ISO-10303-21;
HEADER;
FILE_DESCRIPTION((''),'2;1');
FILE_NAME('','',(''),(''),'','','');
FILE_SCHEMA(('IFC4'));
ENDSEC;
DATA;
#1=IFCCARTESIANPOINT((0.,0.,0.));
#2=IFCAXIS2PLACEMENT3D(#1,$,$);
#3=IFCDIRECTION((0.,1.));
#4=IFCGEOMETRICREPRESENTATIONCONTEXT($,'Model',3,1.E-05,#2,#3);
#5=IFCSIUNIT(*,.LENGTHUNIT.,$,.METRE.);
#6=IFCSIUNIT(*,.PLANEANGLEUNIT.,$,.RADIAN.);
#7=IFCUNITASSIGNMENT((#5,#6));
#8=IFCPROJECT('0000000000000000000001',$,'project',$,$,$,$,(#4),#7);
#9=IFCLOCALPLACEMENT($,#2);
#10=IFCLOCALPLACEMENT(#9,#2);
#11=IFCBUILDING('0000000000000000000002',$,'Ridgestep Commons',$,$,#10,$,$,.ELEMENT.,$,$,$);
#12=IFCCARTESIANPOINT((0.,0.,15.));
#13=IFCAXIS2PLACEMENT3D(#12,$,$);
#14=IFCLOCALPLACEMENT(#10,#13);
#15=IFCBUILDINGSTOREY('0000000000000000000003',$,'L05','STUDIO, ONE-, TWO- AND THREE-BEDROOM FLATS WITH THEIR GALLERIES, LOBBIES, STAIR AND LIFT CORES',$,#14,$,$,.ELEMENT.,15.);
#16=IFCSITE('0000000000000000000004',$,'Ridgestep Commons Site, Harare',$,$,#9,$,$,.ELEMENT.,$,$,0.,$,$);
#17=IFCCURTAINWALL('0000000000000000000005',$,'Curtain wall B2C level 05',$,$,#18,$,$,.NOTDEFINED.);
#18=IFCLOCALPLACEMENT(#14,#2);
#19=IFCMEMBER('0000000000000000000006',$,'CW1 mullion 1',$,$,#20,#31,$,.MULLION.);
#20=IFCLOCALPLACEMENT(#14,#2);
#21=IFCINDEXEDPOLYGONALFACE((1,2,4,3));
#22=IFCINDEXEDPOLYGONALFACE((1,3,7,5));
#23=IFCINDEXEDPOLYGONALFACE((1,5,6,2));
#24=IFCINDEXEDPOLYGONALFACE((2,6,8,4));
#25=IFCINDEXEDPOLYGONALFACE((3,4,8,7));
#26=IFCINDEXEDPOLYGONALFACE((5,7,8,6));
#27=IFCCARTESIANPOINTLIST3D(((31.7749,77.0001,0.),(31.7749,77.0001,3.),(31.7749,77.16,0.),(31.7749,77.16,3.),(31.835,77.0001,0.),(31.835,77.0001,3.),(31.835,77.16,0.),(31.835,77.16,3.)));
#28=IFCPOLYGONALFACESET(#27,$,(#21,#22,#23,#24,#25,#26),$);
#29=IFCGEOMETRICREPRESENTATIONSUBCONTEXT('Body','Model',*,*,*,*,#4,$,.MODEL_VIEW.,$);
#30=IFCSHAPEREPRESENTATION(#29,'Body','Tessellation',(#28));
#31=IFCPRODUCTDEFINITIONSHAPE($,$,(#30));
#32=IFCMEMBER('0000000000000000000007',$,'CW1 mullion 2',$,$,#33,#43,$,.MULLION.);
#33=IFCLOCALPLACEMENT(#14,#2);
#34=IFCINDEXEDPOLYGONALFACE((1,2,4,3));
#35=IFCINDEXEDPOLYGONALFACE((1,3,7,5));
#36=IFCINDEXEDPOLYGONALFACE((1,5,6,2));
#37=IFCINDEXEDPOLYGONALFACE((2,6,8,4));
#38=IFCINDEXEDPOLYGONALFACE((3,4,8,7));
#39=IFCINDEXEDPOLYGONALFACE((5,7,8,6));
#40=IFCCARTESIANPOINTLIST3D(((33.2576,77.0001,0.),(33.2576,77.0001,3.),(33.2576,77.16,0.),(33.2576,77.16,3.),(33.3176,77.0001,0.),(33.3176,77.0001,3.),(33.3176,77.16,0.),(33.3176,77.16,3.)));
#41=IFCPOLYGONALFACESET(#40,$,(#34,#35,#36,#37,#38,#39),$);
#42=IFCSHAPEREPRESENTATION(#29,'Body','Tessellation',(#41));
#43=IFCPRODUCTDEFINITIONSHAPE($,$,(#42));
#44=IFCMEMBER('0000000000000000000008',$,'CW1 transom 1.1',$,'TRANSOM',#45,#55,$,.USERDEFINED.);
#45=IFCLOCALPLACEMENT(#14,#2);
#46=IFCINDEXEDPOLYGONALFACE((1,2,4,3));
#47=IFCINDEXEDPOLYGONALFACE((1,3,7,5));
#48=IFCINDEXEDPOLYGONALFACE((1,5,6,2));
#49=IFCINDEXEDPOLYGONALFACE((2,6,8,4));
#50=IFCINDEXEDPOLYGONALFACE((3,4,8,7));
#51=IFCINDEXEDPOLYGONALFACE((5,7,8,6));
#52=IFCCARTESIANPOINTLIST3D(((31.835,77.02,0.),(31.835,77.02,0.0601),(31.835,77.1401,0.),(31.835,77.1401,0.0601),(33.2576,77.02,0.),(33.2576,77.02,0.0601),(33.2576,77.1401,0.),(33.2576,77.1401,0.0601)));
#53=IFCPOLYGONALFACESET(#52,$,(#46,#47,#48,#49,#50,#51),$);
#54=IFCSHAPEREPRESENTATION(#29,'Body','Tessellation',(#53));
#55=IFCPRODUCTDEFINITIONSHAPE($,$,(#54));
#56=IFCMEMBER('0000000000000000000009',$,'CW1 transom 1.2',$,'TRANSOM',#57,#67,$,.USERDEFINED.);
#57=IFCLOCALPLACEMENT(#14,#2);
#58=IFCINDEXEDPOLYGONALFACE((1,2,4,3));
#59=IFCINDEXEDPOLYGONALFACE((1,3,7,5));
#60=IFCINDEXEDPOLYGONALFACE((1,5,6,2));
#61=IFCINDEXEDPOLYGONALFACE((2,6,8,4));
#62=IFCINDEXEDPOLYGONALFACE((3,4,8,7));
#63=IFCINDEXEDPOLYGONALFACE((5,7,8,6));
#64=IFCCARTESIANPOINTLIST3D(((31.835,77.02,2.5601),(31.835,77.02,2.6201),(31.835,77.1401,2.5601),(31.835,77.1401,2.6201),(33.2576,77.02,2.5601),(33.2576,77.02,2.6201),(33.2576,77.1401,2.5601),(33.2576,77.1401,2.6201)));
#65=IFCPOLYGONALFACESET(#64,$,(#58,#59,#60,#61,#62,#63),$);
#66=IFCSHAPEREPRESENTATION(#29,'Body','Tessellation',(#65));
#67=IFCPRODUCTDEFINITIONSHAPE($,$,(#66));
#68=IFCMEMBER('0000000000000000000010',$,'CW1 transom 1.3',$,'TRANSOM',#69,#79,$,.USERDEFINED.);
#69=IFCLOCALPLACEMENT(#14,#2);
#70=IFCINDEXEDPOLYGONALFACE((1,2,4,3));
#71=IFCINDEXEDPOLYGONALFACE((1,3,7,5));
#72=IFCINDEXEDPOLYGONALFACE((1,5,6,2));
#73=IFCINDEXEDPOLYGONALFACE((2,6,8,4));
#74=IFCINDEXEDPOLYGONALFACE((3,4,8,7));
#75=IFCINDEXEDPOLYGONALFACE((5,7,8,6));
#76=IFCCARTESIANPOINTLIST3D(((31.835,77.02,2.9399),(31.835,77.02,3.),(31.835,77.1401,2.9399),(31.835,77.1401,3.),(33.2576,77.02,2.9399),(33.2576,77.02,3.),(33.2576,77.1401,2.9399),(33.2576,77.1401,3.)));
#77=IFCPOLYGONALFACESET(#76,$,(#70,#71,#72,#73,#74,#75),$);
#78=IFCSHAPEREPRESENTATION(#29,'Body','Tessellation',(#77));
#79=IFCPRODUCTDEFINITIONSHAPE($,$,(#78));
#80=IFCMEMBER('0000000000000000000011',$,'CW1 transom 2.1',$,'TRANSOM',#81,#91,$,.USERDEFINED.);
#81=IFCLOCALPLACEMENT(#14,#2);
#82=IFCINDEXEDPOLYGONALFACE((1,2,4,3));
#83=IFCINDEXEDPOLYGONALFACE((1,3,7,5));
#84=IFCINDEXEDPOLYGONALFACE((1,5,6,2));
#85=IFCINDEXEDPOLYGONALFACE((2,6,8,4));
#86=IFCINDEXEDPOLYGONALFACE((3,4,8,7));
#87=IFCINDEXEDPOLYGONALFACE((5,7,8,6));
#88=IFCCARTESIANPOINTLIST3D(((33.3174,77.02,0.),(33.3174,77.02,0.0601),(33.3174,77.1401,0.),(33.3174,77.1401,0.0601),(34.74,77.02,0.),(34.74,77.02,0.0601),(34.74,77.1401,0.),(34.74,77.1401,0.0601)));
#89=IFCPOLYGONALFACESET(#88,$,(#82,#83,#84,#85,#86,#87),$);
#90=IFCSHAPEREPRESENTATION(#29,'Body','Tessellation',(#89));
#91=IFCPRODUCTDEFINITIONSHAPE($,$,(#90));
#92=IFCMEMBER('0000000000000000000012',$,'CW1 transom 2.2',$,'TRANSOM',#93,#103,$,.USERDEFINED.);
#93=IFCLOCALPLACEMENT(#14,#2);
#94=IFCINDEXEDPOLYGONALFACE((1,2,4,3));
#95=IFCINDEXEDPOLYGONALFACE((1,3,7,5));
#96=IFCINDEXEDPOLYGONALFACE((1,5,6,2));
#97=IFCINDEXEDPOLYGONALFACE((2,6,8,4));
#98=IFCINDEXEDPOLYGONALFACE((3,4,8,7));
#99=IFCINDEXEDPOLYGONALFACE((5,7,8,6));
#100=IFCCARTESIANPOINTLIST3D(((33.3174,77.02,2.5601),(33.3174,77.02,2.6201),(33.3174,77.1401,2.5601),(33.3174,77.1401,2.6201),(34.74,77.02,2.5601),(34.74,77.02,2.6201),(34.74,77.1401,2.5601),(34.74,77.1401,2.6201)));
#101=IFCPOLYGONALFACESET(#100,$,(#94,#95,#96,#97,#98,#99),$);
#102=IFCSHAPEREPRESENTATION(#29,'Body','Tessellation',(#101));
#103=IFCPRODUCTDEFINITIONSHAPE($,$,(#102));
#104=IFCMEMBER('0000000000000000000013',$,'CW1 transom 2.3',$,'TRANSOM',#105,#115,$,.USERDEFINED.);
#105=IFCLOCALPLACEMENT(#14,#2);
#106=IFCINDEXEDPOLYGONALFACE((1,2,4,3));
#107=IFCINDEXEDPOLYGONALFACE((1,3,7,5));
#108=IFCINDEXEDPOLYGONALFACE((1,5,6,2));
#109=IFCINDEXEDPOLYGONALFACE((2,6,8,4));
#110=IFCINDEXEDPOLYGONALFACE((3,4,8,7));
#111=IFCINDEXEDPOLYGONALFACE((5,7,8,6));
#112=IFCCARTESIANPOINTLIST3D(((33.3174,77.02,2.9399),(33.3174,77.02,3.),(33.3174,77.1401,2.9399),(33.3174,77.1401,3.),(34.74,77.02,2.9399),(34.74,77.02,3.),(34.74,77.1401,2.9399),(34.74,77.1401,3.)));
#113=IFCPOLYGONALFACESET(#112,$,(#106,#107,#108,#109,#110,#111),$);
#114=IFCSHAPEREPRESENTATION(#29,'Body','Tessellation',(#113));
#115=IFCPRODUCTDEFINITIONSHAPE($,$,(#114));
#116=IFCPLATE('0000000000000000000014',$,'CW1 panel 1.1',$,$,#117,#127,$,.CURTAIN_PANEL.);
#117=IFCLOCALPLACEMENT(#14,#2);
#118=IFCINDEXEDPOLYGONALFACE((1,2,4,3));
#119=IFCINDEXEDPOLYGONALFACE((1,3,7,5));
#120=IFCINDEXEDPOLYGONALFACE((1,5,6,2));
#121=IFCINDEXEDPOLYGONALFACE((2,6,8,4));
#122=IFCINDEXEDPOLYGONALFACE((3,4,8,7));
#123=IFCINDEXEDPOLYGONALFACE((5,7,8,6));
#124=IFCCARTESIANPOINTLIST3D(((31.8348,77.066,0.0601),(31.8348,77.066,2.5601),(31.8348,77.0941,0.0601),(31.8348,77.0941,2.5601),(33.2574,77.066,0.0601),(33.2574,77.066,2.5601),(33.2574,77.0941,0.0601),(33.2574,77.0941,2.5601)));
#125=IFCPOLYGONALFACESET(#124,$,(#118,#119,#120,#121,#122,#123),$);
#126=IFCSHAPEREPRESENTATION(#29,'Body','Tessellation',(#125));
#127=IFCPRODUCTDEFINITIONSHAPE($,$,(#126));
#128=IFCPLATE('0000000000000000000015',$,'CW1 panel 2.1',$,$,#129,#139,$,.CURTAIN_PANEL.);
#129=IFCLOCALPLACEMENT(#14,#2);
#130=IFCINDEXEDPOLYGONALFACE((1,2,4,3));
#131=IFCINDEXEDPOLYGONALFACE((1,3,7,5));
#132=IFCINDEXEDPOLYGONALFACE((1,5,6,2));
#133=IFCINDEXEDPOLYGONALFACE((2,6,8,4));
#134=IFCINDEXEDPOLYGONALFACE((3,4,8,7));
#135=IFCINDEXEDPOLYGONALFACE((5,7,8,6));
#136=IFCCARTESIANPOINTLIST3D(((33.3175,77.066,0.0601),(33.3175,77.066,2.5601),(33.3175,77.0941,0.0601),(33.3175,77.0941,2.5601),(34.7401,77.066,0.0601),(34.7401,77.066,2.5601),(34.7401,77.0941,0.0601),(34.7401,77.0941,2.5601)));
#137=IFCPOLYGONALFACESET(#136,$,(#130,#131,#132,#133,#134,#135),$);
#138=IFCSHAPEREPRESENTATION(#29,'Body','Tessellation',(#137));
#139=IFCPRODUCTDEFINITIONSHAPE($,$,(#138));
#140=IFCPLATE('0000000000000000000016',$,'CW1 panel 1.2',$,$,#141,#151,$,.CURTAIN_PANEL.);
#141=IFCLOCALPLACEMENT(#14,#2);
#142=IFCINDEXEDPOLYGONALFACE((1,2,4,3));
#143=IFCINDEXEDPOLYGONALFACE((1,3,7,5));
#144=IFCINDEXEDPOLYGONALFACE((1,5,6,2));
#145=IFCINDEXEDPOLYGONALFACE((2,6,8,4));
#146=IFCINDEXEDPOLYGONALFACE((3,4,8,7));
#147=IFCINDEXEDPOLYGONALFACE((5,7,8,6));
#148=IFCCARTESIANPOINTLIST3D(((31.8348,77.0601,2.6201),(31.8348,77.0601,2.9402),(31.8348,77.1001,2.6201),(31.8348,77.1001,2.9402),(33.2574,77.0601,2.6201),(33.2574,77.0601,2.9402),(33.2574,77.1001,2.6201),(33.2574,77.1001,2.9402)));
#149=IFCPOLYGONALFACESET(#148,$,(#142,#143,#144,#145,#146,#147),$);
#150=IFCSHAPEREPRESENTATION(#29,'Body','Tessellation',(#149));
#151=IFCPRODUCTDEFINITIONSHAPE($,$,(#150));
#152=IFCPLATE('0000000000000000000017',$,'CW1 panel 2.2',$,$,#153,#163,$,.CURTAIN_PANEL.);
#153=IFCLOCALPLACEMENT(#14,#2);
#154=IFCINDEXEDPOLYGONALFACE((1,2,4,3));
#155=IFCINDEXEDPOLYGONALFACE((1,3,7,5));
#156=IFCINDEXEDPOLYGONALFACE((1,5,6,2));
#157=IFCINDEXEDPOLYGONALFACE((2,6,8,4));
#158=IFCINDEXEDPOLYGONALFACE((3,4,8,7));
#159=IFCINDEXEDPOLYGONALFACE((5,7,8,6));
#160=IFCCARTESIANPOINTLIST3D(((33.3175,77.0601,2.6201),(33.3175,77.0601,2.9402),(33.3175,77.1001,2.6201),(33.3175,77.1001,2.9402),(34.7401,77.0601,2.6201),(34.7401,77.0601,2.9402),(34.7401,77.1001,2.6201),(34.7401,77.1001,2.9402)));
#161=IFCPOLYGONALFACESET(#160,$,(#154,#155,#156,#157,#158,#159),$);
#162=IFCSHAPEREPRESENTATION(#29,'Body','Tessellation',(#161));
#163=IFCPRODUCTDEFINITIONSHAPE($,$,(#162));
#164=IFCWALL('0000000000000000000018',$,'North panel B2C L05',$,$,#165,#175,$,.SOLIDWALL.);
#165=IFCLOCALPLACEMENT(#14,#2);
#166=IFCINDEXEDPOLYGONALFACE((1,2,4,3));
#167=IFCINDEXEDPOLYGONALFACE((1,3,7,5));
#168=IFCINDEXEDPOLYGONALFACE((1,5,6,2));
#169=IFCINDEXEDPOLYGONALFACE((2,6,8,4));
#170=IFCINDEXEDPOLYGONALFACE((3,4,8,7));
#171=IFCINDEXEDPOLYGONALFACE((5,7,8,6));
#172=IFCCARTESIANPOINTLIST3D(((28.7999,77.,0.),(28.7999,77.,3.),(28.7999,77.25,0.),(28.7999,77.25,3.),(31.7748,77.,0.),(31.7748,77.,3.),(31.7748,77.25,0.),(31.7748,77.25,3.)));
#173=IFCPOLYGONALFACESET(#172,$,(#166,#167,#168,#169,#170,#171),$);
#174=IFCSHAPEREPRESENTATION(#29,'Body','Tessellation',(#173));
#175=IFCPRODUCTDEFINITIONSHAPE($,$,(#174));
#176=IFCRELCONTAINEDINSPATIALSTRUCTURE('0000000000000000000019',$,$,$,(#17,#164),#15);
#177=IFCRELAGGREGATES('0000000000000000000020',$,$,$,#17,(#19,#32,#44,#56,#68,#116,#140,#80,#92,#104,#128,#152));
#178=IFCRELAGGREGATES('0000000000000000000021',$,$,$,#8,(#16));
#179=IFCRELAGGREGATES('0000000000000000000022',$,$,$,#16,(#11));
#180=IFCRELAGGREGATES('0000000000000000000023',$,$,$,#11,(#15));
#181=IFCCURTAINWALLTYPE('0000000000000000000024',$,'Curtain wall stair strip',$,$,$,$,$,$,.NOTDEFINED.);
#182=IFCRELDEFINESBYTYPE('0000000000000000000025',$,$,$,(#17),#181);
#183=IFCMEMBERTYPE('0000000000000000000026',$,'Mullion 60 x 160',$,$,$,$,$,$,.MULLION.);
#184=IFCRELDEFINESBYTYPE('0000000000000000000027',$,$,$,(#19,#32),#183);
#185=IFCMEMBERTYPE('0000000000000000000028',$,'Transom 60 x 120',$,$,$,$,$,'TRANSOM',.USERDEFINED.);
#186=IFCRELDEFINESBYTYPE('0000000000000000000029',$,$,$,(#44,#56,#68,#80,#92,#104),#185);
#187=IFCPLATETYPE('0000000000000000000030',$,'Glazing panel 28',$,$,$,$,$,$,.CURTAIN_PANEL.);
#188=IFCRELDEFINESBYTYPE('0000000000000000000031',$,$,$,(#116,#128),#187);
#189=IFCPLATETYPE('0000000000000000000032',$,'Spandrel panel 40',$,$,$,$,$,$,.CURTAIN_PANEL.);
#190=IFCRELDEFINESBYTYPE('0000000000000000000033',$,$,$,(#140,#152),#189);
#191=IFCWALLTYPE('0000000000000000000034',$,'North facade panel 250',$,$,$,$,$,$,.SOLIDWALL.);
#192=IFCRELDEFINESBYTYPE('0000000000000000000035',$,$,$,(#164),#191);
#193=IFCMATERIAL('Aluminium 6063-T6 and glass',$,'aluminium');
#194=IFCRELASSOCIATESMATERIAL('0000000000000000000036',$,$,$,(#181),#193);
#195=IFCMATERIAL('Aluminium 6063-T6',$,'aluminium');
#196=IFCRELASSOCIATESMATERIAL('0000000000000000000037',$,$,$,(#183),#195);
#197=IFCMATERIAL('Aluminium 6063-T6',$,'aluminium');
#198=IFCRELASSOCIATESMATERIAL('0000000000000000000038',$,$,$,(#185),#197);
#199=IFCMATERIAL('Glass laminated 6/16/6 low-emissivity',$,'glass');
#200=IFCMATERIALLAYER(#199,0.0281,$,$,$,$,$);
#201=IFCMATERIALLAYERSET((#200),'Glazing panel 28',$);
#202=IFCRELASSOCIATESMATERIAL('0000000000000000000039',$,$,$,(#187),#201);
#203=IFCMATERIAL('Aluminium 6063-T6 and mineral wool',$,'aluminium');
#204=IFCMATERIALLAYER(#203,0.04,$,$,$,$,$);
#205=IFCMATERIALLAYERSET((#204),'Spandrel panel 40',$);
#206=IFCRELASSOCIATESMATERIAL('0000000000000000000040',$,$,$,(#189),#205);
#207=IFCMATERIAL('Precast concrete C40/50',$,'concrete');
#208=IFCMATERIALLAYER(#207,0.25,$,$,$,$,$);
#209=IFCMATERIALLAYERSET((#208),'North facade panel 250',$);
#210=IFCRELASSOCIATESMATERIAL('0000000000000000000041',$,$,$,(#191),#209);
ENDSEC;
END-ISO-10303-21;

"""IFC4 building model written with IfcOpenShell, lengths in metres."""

from ifc_helpers import new_model, si_unit, direction, frame, frame_2d, origin, origin_2d, place, context, subcontext, project, spatial, rectangle, extrude, material, layer, layer_set, material_profile, profile_set, type_object, element, aggregate, save


model = new_model("IFC4")

# Units and contexts
model_context = context("Model", 3, precision=1e-05, world=origin(), true_north=direction((0.0, 1.0)))
body_context = subcontext(model_context, "Body", "Model", "MODEL_VIEW")
ifc_project = project(units=[si_unit("LENGTHUNIT", "METRE"), si_unit("PLANEANGLEUNIT", "RADIAN")], contexts=[model_context])

# Site, building, storey
site_placement = place(None, origin())
site = spatial("IfcSite", under=ifc_project, at=site_placement, Name="Ridgestep Commons Site, Harare", CompositionType="ELEMENT", RefElevation=0.0)
building_placement = place(site_placement, origin())
building = spatial("IfcBuilding", under=site, at=building_placement, Name="Ridgestep Commons", CompositionType="ELEMENT")
storey_placement = place(building_placement, frame((0.0, 0.0, 15.0)))
storey = spatial("IfcBuildingStorey", under=building, at=storey_placement, Name="L05", Description="STUDIO, ONE-, TWO- AND THREE-BEDROOM FLATS WITH THEIR GALLERIES, LOBBIES, STAIR AND LIFT CORES", CompositionType="ELEMENT", Elevation=15.0)

# Curtain wall, members, plates
ifc_material_1 = material(Name="Aluminium 6063-T6 and glass", Category="aluminium")
curtain_wall_type = type_object("IfcCurtainWallType", Name="Curtain wall stair strip", PredefinedType="NOTDEFINED", material=ifc_material_1)
curtain_wall_placement = place(storey_placement, origin())
curtain_wall = element("IfcCurtainWall", 1, at=curtain_wall_placement, inside=storey, type_object=curtain_wall_type, Name="Curtain wall B2C level 05", PredefinedType="NOTDEFINED")
ifc_material_2 = material(Name="Aluminium 6063-T6", Category="aluminium")
ifc_material_profile_1 = material_profile(ifc_material_2, rectangle(XDim=0.1599, YDim=0.0601, at=origin_2d()), Name="Mullion 60 x 160")
ifc_profile_set_1 = profile_set([ifc_material_profile_1], Name="Aluminium 6063-T6")
member_type_1 = type_object("IfcMemberType", Name="Mullion 60 x 160", PredefinedType="MULLION", material=ifc_profile_set_1)
member_1_placement = place(storey_placement, frame((31.8049, 77.0801, 0.0), z_axis=(0.0, 0.0, 1.0), x_axis=(0.0, 1.0, 0.0)))
member_1 = element("IfcMember", 2, at=member_1_placement, type_object=member_type_1, Name="CW1 mullion 1", PredefinedType="MULLION", context=body_context, shape_type="SweptSolid", body=[
    extrude(rectangle(XDim=0.1599, YDim=0.0601, at=origin_2d()), origin(), (0.0, 0.0, 1.0), 3.0),
])
member_2_placement = place(storey_placement, frame((33.2876, 77.0801, 0.0), z_axis=(0.0, 0.0, 1.0), x_axis=(0.0, 1.0, 0.0)))
member_2 = element("IfcMember", 3, at=member_2_placement, type_object=member_type_1, Name="CW1 mullion 2", PredefinedType="MULLION", context=body_context, shape_type="SweptSolid", body=[
    extrude(rectangle(XDim=0.1599, YDim=0.0601, at=origin_2d()), origin(), (0.0, 0.0, 1.0), 3.0),
])
ifc_material_3 = material(Name="Aluminium 6063-T6", Category="aluminium")
ifc_material_profile_2 = material_profile(ifc_material_3, rectangle(XDim=0.1201, YDim=0.0601, at=origin_2d()), Name="Transom 60 x 120")
ifc_profile_set_2 = profile_set([ifc_material_profile_2], Name="Aluminium 6063-T6")
member_type_2 = type_object("IfcMemberType", Name="Transom 60 x 120", ElementType="TRANSOM", PredefinedType="USERDEFINED", material=ifc_profile_set_2)
member_3_placement = place(storey_placement, frame((31.835, 77.0801, 0.03), z_axis=(1.0, 0.0, 0.0), x_axis=(0.0, 1.0, 0.0)))
member_3 = element("IfcMember", 4, at=member_3_placement, type_object=member_type_2, Name="CW1 transom 1.1", ObjectType="TRANSOM", PredefinedType="USERDEFINED", context=body_context, shape_type="SweptSolid", body=[
    extrude(rectangle(XDim=0.1201, YDim=0.0601, at=origin_2d()), origin(), (0.0, 0.0, 1.0), 1.4226),
])
member_4_placement = place(storey_placement, frame((31.835, 77.0801, 2.5901), z_axis=(1.0, 0.0, 0.0), x_axis=(0.0, 1.0, 0.0)))
member_4 = element("IfcMember", 5, at=member_4_placement, type_object=member_type_2, Name="CW1 transom 1.2", ObjectType="TRANSOM", PredefinedType="USERDEFINED", context=body_context, shape_type="SweptSolid", body=[
    extrude(rectangle(XDim=0.1201, YDim=0.0601, at=origin_2d()), origin(), (0.0, 0.0, 1.0), 1.4226),
])
member_5_placement = place(storey_placement, frame((31.835, 77.0801, 2.97), z_axis=(1.0, 0.0, 0.0), x_axis=(0.0, 1.0, 0.0)))
member_5 = element("IfcMember", 6, at=member_5_placement, type_object=member_type_2, Name="CW1 transom 1.3", ObjectType="TRANSOM", PredefinedType="USERDEFINED", context=body_context, shape_type="SweptSolid", body=[
    extrude(rectangle(XDim=0.1201, YDim=0.0601, at=origin_2d()), origin(), (0.0, 0.0, 1.0), 1.4226),
])
member_6_placement = place(storey_placement, frame((33.3174, 77.0801, 0.03), z_axis=(1.0, 0.0, 0.0), x_axis=(0.0, 1.0, 0.0)))
member_6 = element("IfcMember", 7, at=member_6_placement, type_object=member_type_2, Name="CW1 transom 2.1", ObjectType="TRANSOM", PredefinedType="USERDEFINED", context=body_context, shape_type="SweptSolid", body=[
    extrude(rectangle(XDim=0.1201, YDim=0.0601, at=origin_2d()), origin(), (0.0, 0.0, 1.0), 1.4226),
])
member_7_placement = place(storey_placement, frame((33.3174, 77.0801, 2.5901), z_axis=(1.0, 0.0, 0.0), x_axis=(0.0, 1.0, 0.0)))
member_7 = element("IfcMember", 8, at=member_7_placement, type_object=member_type_2, Name="CW1 transom 2.2", ObjectType="TRANSOM", PredefinedType="USERDEFINED", context=body_context, shape_type="SweptSolid", body=[
    extrude(rectangle(XDim=0.1201, YDim=0.0601, at=origin_2d()), origin(), (0.0, 0.0, 1.0), 1.4226),
])
member_8_placement = place(storey_placement, frame((33.3174, 77.0801, 2.97), z_axis=(1.0, 0.0, 0.0), x_axis=(0.0, 1.0, 0.0)))
member_8 = element("IfcMember", 9, at=member_8_placement, type_object=member_type_2, Name="CW1 transom 2.3", ObjectType="TRANSOM", PredefinedType="USERDEFINED", context=body_context, shape_type="SweptSolid", body=[
    extrude(rectangle(XDim=0.1201, YDim=0.0601, at=origin_2d()), origin(), (0.0, 0.0, 1.0), 1.4226),
])
ifc_material_4 = material(Name="Glass laminated 6/16/6 low-emissivity", Category="glass")
ifc_layer_1 = layer(ifc_material_4, 0.0281)
ifc_layer_set_1 = layer_set([ifc_layer_1], Name="Glazing panel 28")
plate_type_1 = type_object("IfcPlateType", Name="Glazing panel 28", PredefinedType="CURTAIN_PANEL", material=ifc_layer_set_1)
plate_1_placement = place(storey_placement, frame((32.5461, 77.0801, 0.0601), z_axis=(0.0, 0.0, 1.0), x_axis=(1.0, 0.0, 0.0)))
plate_1 = element("IfcPlate", 10, at=plate_1_placement, type_object=plate_type_1, Name="CW1 panel 1.1", PredefinedType="CURTAIN_PANEL", context=body_context, shape_type="SweptSolid", body=[
    extrude(rectangle(XDim=1.4226, YDim=0.0281, at=origin_2d()), origin(), (0.0, 0.0, 1.0), 2.5),
])
plate_2_placement = place(storey_placement, frame((34.0288, 77.0801, 0.0601), z_axis=(0.0, 0.0, 1.0), x_axis=(1.0, 0.0, 0.0)))
plate_2 = element("IfcPlate", 11, at=plate_2_placement, type_object=plate_type_1, Name="CW1 panel 2.1", PredefinedType="CURTAIN_PANEL", context=body_context, shape_type="SweptSolid", body=[
    extrude(rectangle(XDim=1.4226, YDim=0.0281, at=origin_2d()), origin(), (0.0, 0.0, 1.0), 2.5),
])
ifc_material_5 = material(Name="Aluminium 6063-T6 and mineral wool", Category="aluminium")
ifc_layer_2 = layer(ifc_material_5, 0.04)
ifc_layer_set_2 = layer_set([ifc_layer_2], Name="Spandrel panel 40")
plate_type_2 = type_object("IfcPlateType", Name="Spandrel panel 40", PredefinedType="CURTAIN_PANEL", material=ifc_layer_set_2)
plate_3_placement = place(storey_placement, frame((32.5461, 77.0801, 2.6201), z_axis=(0.0, 0.0, 1.0), x_axis=(1.0, 0.0, 0.0)))
plate_3 = element("IfcPlate", 12, at=plate_3_placement, type_object=plate_type_2, Name="CW1 panel 1.2", PredefinedType="CURTAIN_PANEL", context=body_context, shape_type="SweptSolid", body=[
    extrude(rectangle(XDim=1.4226, YDim=0.04, at=origin_2d()), origin(), (0.0, 0.0, 1.0), 0.3201),
])
plate_4_placement = place(storey_placement, frame((34.0288, 77.0801, 2.6201), z_axis=(0.0, 0.0, 1.0), x_axis=(1.0, 0.0, 0.0)))
plate_4 = element("IfcPlate", 13, at=plate_4_placement, type_object=plate_type_2, Name="CW1 panel 2.2", PredefinedType="CURTAIN_PANEL", context=body_context, shape_type="SweptSolid", body=[
    extrude(rectangle(XDim=1.4226, YDim=0.04, at=origin_2d()), origin(), (0.0, 0.0, 1.0), 0.3201),
])
aggregate(curtain_wall, [member_1, member_2, member_3, member_4, member_5, plate_1, plate_3, member_6, member_7, member_8, plate_2, plate_4])

# Wall
ifc_material_6 = material(Name="Precast concrete C40/50", Category="concrete")
ifc_layer_3 = layer(ifc_material_6, 0.25)
ifc_layer_set_3 = layer_set([ifc_layer_3], Name="North facade panel 250")
wall_type = type_object("IfcWallType", Name="North facade panel 250", PredefinedType="SOLIDWALL", material=ifc_layer_set_3)
wall_placement = place(storey_placement, frame((28.8, 77.125, 0.0), z_axis=(0.0, 0.0, 1.0), x_axis=(1.0, 0.0, 0.0)))
element("IfcWall", 14, at=wall_placement, inside=storey, type_object=wall_type, Name="North panel B2C L05", PredefinedType="SOLIDWALL", context=body_context, shape_type="SweptSolid", body=[
    extrude(rectangle(XDim=2.9749, YDim=0.25, at=frame_2d((1.4873, 0.0))), origin(), (0.0, 0.0, 1.0), 3.0),
])

save(model, "model.ifc")
